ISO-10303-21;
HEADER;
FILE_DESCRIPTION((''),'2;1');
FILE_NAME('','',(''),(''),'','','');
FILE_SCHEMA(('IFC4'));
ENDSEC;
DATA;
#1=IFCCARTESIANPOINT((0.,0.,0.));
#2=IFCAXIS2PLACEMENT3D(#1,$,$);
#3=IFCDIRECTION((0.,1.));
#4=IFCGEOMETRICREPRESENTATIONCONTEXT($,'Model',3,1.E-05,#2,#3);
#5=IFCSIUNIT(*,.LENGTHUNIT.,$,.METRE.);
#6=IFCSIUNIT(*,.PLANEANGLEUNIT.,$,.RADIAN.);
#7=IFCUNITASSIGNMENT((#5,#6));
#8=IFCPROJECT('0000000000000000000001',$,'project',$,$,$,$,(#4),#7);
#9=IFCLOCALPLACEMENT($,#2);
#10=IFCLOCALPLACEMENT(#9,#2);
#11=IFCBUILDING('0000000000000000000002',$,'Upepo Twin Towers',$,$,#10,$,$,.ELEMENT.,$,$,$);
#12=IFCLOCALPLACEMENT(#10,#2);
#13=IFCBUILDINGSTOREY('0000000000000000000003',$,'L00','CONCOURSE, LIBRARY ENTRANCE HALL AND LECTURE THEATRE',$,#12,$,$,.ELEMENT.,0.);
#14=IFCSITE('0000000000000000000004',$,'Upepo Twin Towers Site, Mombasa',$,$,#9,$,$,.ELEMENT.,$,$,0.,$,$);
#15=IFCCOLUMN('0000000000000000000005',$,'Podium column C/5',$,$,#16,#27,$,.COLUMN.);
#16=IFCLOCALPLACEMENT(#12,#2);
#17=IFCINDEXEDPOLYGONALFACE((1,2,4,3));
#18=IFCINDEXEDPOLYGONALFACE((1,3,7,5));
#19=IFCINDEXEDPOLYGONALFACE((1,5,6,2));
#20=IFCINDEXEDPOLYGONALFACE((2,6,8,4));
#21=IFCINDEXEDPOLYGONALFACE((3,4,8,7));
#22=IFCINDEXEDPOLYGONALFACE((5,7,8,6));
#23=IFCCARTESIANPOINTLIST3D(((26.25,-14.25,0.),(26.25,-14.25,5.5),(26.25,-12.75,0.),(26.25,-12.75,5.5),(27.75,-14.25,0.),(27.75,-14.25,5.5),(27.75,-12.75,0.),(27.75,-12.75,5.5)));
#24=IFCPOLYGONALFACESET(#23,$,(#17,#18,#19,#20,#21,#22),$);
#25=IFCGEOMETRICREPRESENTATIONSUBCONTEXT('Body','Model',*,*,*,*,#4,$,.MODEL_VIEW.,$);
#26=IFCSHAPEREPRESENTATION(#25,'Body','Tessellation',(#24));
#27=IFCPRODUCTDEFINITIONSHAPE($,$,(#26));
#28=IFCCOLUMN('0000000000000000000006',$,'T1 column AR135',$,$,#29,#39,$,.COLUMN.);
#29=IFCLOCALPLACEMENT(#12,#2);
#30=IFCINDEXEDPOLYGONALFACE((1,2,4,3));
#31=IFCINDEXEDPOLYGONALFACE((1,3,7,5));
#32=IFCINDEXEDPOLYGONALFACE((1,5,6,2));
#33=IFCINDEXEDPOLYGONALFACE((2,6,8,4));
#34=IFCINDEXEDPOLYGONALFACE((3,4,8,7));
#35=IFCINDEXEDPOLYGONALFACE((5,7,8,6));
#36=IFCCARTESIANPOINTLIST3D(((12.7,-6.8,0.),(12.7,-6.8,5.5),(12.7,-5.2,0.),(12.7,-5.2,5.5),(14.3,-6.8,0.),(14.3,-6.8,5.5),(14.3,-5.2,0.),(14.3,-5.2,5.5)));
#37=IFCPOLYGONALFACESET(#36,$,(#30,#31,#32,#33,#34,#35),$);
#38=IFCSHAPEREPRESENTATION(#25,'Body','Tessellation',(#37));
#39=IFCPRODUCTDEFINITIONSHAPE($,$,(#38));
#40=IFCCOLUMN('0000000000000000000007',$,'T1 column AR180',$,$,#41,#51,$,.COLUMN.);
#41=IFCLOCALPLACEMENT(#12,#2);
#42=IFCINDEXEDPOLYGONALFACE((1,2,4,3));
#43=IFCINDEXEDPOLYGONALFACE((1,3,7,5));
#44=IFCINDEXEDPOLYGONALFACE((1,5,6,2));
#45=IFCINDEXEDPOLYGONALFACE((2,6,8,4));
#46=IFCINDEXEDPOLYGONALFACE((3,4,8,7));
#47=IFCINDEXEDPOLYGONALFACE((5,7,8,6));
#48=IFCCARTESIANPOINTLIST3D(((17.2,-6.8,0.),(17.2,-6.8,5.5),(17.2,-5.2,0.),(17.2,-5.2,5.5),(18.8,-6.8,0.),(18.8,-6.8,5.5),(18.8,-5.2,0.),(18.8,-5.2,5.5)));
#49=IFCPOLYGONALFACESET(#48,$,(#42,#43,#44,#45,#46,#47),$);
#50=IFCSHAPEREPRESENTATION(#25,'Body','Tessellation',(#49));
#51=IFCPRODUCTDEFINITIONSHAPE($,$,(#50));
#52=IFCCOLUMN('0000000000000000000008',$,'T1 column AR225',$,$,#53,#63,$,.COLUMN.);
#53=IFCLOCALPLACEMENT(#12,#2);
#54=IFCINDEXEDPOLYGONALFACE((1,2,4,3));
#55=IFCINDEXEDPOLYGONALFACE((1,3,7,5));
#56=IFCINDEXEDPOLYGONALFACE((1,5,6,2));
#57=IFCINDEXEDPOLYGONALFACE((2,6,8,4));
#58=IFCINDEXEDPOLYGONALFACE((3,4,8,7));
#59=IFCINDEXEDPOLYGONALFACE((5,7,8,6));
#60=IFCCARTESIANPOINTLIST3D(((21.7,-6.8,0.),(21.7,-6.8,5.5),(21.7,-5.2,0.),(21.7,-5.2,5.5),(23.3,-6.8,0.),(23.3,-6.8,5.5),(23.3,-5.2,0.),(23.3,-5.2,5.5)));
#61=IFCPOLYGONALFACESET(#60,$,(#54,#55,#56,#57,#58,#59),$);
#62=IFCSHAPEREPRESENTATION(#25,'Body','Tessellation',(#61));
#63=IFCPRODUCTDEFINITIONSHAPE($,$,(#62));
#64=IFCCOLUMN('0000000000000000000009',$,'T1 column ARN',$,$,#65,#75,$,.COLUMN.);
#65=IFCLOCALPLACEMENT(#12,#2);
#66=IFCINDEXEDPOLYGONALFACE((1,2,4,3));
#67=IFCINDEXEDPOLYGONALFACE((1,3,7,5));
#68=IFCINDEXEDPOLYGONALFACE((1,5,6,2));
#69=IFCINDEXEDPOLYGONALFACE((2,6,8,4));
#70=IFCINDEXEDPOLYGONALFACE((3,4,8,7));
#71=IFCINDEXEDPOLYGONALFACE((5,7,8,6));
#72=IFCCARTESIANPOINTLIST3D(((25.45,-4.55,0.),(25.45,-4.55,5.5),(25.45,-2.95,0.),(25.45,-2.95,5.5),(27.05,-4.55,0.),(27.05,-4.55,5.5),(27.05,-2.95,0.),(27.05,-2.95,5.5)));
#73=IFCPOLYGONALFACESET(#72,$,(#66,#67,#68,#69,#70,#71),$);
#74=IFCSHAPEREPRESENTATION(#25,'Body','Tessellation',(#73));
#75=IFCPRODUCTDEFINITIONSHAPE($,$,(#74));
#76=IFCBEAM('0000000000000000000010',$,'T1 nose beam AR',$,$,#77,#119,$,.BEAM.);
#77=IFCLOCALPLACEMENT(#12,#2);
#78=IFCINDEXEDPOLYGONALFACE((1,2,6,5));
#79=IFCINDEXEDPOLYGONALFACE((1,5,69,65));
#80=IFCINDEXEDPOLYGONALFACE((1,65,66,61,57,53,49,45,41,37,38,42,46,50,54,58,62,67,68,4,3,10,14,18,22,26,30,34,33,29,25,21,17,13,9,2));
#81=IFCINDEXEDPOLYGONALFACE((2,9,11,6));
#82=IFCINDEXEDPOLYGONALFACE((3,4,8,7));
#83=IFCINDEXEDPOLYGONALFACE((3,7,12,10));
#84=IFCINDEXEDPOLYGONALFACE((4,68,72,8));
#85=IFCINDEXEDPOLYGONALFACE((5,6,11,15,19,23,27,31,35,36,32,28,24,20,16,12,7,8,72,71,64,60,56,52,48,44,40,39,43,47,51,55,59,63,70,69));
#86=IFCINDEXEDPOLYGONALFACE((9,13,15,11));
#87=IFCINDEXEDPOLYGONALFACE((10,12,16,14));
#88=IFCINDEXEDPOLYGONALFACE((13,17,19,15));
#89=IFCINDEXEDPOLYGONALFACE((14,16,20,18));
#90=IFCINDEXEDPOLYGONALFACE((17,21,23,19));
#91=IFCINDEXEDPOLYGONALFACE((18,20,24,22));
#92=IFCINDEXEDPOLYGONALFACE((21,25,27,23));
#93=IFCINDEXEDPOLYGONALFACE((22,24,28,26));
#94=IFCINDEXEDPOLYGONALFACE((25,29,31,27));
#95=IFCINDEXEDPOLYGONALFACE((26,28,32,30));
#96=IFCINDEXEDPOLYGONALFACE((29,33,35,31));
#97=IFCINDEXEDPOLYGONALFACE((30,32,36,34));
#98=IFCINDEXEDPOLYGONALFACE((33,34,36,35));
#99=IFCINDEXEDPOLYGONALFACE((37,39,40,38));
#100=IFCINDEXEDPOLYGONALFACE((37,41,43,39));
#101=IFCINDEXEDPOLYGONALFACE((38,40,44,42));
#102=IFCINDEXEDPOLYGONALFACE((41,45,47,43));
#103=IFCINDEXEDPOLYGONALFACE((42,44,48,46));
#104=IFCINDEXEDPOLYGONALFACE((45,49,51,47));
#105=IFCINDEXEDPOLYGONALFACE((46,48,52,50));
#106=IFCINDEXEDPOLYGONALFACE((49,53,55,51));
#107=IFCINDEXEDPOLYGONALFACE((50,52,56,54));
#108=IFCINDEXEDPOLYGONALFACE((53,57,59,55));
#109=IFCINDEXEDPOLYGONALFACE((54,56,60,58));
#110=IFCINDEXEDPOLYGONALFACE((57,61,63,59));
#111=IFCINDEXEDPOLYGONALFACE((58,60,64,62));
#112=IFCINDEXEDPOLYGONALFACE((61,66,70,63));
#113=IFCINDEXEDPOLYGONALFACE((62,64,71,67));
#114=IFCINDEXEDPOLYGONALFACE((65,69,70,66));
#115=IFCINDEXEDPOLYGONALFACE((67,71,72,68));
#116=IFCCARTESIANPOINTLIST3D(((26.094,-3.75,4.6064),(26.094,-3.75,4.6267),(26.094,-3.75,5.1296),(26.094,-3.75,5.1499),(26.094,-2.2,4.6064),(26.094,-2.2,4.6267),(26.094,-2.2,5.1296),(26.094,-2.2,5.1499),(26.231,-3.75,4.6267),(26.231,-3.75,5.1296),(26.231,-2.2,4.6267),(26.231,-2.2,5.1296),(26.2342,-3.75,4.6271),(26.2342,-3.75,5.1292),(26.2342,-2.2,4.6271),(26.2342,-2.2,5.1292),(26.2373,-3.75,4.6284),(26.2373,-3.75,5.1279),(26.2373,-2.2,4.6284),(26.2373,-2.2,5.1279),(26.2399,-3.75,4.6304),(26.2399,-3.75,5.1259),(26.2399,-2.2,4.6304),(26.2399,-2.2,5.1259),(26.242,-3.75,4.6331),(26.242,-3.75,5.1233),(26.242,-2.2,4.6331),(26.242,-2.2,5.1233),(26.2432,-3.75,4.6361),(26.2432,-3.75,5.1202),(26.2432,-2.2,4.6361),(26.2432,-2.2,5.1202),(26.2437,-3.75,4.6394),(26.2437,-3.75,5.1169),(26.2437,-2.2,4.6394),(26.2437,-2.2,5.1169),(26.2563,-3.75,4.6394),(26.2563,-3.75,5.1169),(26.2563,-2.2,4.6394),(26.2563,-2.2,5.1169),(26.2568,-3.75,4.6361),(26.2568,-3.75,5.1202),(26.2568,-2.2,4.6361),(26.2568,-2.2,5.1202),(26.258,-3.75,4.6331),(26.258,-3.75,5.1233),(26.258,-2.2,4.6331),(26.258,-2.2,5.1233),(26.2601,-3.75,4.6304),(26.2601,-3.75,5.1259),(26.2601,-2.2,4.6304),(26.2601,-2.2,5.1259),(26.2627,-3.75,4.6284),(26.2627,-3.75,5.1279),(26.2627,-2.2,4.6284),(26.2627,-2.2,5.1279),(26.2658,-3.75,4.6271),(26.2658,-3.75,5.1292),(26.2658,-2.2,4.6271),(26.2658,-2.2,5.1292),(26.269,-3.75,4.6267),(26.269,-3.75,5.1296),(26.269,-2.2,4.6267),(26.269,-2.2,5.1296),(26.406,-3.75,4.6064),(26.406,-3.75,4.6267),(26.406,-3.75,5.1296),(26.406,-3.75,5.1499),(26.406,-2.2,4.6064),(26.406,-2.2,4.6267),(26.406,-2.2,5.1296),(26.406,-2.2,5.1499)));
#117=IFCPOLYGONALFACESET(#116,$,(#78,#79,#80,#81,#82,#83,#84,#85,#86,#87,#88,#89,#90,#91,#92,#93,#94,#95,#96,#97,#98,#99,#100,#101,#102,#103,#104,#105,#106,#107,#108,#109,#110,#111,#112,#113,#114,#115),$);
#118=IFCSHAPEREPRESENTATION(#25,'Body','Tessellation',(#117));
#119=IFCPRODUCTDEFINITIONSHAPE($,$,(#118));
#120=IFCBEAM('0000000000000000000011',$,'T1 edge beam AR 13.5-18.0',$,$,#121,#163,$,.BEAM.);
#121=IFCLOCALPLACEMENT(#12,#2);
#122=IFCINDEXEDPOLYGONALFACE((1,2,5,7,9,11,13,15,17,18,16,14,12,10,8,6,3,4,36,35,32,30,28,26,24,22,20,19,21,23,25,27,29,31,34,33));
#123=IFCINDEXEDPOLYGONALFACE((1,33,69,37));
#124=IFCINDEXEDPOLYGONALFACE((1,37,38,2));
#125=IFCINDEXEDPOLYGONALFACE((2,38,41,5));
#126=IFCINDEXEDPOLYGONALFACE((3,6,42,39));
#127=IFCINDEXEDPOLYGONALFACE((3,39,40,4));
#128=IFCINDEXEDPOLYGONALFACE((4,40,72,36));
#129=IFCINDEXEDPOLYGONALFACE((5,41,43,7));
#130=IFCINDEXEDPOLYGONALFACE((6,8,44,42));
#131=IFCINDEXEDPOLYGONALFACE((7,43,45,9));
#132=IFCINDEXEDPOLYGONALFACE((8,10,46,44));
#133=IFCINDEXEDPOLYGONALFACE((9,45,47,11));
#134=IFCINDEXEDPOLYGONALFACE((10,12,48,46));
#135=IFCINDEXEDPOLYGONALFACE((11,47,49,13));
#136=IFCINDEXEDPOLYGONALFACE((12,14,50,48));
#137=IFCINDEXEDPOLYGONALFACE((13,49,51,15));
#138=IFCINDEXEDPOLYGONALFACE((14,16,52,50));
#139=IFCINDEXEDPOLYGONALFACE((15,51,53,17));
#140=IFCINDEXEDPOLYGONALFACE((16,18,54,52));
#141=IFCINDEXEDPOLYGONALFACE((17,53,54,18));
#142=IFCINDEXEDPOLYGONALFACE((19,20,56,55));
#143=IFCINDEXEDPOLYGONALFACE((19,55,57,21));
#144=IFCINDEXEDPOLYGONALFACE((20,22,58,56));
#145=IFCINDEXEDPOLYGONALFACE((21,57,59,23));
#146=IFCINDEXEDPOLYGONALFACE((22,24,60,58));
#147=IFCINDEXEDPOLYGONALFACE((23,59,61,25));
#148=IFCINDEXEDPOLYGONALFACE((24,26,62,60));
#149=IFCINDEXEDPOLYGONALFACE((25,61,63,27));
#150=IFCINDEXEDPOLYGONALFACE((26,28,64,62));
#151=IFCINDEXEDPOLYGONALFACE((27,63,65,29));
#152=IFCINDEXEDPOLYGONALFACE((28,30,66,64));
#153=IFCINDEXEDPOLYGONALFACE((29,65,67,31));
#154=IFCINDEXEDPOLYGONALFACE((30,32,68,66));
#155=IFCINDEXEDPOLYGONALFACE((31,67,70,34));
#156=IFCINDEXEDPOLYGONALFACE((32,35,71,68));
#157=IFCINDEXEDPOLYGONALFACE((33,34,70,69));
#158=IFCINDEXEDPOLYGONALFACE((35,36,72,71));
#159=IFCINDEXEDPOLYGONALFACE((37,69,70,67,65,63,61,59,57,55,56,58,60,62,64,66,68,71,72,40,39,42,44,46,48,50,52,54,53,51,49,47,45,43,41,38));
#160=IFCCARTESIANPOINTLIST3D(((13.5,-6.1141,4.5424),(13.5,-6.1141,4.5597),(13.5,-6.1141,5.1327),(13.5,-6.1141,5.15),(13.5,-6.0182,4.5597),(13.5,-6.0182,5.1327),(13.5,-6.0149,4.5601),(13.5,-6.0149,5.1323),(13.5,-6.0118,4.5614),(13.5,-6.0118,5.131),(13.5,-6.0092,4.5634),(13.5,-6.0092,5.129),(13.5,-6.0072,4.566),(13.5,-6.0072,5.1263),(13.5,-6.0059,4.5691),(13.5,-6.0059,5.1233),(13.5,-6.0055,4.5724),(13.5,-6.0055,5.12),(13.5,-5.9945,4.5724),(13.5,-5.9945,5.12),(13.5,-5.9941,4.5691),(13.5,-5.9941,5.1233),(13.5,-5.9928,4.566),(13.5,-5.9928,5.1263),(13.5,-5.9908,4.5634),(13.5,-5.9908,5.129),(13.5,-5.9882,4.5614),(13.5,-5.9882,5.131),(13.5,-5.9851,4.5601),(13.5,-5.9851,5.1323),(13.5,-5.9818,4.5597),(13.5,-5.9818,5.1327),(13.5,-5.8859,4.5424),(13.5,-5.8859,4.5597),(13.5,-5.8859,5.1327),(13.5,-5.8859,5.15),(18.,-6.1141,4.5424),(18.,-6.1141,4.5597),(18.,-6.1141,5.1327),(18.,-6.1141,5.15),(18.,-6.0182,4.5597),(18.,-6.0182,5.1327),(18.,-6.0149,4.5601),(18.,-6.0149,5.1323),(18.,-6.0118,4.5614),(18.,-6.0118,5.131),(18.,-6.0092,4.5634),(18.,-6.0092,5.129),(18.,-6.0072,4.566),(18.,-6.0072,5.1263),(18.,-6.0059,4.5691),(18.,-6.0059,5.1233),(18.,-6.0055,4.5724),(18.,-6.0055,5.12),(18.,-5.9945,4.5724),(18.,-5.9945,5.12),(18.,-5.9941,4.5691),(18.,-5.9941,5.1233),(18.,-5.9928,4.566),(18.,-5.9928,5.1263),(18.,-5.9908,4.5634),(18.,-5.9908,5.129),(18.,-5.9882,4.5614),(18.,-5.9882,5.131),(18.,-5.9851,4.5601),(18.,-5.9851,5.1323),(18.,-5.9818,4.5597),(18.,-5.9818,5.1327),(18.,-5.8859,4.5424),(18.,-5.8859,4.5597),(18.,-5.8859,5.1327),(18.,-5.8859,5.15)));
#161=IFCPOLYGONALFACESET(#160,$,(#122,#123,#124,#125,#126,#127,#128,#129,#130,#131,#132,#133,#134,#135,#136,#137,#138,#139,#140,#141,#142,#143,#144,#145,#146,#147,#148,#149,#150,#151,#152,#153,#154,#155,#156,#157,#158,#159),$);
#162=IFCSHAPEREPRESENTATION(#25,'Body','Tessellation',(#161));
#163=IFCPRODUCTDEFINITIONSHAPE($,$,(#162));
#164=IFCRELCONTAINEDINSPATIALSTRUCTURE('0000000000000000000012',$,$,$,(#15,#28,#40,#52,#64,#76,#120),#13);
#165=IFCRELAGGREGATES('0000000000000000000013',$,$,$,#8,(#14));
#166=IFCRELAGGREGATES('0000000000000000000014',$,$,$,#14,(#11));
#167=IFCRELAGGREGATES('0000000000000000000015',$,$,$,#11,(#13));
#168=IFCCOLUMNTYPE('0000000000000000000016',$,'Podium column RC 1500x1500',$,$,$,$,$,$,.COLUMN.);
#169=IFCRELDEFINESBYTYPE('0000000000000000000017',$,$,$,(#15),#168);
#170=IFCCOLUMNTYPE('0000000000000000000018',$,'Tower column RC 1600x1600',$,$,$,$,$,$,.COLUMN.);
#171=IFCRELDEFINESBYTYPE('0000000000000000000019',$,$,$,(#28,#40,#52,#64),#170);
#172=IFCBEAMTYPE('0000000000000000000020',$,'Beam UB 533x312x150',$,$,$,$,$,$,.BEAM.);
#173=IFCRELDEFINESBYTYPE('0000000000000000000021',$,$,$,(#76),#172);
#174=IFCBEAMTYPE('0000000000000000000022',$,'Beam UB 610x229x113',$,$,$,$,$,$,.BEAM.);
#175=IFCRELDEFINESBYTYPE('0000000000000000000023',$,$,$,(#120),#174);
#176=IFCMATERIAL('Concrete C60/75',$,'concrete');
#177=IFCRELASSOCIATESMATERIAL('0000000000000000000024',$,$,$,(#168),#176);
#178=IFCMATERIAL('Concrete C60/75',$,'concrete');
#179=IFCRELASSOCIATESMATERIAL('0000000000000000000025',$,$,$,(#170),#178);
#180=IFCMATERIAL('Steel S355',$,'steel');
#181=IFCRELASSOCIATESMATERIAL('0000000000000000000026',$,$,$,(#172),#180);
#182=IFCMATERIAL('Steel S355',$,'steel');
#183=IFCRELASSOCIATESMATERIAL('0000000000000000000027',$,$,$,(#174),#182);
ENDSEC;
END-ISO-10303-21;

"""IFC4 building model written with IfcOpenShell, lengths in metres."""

from ifc_helpers import new_model, si_unit, direction, frame, origin, origin_2d, place, context, subcontext, project, spatial, rectangle, i_section, extrude, material, material_profile, profile_set, type_object, element, save


model = new_model("IFC4")

# Units and contexts
model_context = context("Model", 3, precision=1e-05, world=origin(), true_north=direction((0.0, 1.0)))
body_context = subcontext(model_context, "Body", "Model", "MODEL_VIEW")
ifc_project = project(units=[si_unit("LENGTHUNIT", "METRE"), si_unit("PLANEANGLEUNIT", "RADIAN")], contexts=[model_context])

# Site, building, storey
site_placement = place(None, origin())
site = spatial("IfcSite", under=ifc_project, at=site_placement, Name="Upepo Twin Towers Site, Mombasa", CompositionType="ELEMENT", RefElevation=0.0)
building_placement = place(site_placement, origin())
building = spatial("IfcBuilding", under=site, at=building_placement, Name="Upepo Twin Towers", CompositionType="ELEMENT")
storey_placement = place(building_placement, origin())
storey = spatial("IfcBuildingStorey", under=building, at=storey_placement, Name="L00", Description="CONCOURSE, LIBRARY ENTRANCE HALL AND LECTURE THEATRE", CompositionType="ELEMENT", Elevation=0.0)

# Columns
ifc_material_1 = material(Name="Concrete C60/75", Category="concrete")
ifc_material_profile_1 = material_profile(ifc_material_1, rectangle(XDim=1.5, YDim=1.5, at=origin_2d()), Name="RC 1500x1500")
ifc_profile_set_1 = profile_set([ifc_material_profile_1], Name="Concrete C60/75")
column_type_1 = type_object("IfcColumnType", Name="Podium column RC 1500x1500", PredefinedType="COLUMN", material=ifc_profile_set_1)
column_placement = place(storey_placement, frame((27.0, -13.5, 0.0), z_axis=(0.0, 0.0, 1.0), x_axis=(1.0, 0.0, 0.0)))
element("IfcColumn", 1, at=column_placement, inside=storey, type_object=column_type_1, Name="Podium column C/5", PredefinedType="COLUMN", context=body_context, shape_type="SweptSolid", body=[
    extrude(rectangle(XDim=1.5, YDim=1.5, at=origin_2d()), origin(), (0.0, 0.0, 1.0), 5.5),
])
ifc_material_2 = material(Name="Concrete C60/75", Category="concrete")
ifc_material_profile_2 = material_profile(ifc_material_2, rectangle(XDim=1.6001, YDim=1.6001, at=origin_2d()), Name="RC 1600x1600")
ifc_profile_set_2 = profile_set([ifc_material_profile_2], Name="Concrete C60/75")
column_type_2 = type_object("IfcColumnType", Name="Tower column RC 1600x1600", PredefinedType="COLUMN", material=ifc_profile_set_2)
for number, where, z_axis, x_axis, name in (
    (2, (13.5, -6.0, 0.0), (0.0, 0.0, 1.0), (1.0, 0.0, 0.0), "T1 column AR135"),
    (3, (18.0, -6.0, 0.0), (0.0, 0.0, 1.0), (1.0, 0.0, 0.0), "T1 column AR180"),
    (4, (22.5, -6.0, 0.0), (0.0, 0.0, 1.0), (1.0, 0.0, 0.0), "T1 column AR225"),
    (5, (26.25, -3.75, 0.0), (0.0, 0.0, 1.0), (1.0, 0.0, 0.0), "T1 column ARN"),
):
    element("IfcColumn", number, at=place(storey_placement, frame(where, z_axis=z_axis, x_axis=x_axis)), inside=storey, type_object=column_type_2, Name=name, PredefinedType="COLUMN", context=body_context, shape_type="SweptSolid", body=[
        extrude(rectangle(XDim=1.6001, YDim=1.6001, at=origin_2d()), origin(), (0.0, 0.0, 1.0), 5.5),
    ])

# Beams
ifc_material_3 = material(Name="Steel S355", Category="steel")
ifc_material_profile_3 = material_profile(ifc_material_3, i_section(OverallWidth=0.312, OverallDepth=0.5435, WebThickness=0.0127, FlangeThickness=0.0203, FilletRadius=0.0127, at=origin_2d()), Name="UB 533x312x150")
ifc_profile_set_3 = profile_set([ifc_material_profile_3], Name="Steel S355")
beam_type_1 = type_object("IfcBeamType", Name="Beam UB 533x312x150", PredefinedType="BEAM", material=ifc_profile_set_3)
beam_1_placement = place(storey_placement, frame((26.25, -3.75, 4.8782), z_axis=(0.0, 1.0, 0.0), x_axis=(-1.0, 0.0, 0.0)))
element("IfcBeam", 6, at=beam_1_placement, inside=storey, type_object=beam_type_1, Name="T1 nose beam AR", PredefinedType="BEAM", context=body_context, shape_type="SweptSolid", body=[
    extrude(i_section(OverallWidth=0.312, OverallDepth=0.5435, WebThickness=0.0127, FlangeThickness=0.0203, FilletRadius=0.0127, at=origin_2d()), origin(), (0.0, 0.0, 1.0), 1.55),
])
ifc_material_4 = material(Name="Steel S355", Category="steel")
ifc_material_profile_4 = material_profile(ifc_material_4, i_section(OverallWidth=0.2283, OverallDepth=0.6077, WebThickness=0.011, FlangeThickness=0.0173, FilletRadius=0.0127, at=origin_2d()), Name="UB 610x229x113")
ifc_profile_set_4 = profile_set([ifc_material_profile_4], Name="Steel S355")
beam_type_2 = type_object("IfcBeamType", Name="Beam UB 610x229x113", PredefinedType="BEAM", material=ifc_profile_set_4)
for number, where, z_axis, x_axis, name in (
    (7, (13.5, -6.0, 4.8462), (1.0, 0.0, 0.0), (0.0, 1.0, 0.0), "T1 edge beam AR 13.5-18.0"),
):
    element("IfcBeam", number, at=place(storey_placement, frame(where, z_axis=z_axis, x_axis=x_axis)), inside=storey, type_object=beam_type_2, Name=name, PredefinedType="BEAM", context=body_context, shape_type="SweptSolid", body=[
        extrude(i_section(OverallWidth=0.2283, OverallDepth=0.6077, WebThickness=0.011, FlangeThickness=0.0173, FilletRadius=0.0127, at=origin_2d()), origin(), (0.0, 0.0, 1.0), 4.5),
    ])

save(model, "model.ifc")
